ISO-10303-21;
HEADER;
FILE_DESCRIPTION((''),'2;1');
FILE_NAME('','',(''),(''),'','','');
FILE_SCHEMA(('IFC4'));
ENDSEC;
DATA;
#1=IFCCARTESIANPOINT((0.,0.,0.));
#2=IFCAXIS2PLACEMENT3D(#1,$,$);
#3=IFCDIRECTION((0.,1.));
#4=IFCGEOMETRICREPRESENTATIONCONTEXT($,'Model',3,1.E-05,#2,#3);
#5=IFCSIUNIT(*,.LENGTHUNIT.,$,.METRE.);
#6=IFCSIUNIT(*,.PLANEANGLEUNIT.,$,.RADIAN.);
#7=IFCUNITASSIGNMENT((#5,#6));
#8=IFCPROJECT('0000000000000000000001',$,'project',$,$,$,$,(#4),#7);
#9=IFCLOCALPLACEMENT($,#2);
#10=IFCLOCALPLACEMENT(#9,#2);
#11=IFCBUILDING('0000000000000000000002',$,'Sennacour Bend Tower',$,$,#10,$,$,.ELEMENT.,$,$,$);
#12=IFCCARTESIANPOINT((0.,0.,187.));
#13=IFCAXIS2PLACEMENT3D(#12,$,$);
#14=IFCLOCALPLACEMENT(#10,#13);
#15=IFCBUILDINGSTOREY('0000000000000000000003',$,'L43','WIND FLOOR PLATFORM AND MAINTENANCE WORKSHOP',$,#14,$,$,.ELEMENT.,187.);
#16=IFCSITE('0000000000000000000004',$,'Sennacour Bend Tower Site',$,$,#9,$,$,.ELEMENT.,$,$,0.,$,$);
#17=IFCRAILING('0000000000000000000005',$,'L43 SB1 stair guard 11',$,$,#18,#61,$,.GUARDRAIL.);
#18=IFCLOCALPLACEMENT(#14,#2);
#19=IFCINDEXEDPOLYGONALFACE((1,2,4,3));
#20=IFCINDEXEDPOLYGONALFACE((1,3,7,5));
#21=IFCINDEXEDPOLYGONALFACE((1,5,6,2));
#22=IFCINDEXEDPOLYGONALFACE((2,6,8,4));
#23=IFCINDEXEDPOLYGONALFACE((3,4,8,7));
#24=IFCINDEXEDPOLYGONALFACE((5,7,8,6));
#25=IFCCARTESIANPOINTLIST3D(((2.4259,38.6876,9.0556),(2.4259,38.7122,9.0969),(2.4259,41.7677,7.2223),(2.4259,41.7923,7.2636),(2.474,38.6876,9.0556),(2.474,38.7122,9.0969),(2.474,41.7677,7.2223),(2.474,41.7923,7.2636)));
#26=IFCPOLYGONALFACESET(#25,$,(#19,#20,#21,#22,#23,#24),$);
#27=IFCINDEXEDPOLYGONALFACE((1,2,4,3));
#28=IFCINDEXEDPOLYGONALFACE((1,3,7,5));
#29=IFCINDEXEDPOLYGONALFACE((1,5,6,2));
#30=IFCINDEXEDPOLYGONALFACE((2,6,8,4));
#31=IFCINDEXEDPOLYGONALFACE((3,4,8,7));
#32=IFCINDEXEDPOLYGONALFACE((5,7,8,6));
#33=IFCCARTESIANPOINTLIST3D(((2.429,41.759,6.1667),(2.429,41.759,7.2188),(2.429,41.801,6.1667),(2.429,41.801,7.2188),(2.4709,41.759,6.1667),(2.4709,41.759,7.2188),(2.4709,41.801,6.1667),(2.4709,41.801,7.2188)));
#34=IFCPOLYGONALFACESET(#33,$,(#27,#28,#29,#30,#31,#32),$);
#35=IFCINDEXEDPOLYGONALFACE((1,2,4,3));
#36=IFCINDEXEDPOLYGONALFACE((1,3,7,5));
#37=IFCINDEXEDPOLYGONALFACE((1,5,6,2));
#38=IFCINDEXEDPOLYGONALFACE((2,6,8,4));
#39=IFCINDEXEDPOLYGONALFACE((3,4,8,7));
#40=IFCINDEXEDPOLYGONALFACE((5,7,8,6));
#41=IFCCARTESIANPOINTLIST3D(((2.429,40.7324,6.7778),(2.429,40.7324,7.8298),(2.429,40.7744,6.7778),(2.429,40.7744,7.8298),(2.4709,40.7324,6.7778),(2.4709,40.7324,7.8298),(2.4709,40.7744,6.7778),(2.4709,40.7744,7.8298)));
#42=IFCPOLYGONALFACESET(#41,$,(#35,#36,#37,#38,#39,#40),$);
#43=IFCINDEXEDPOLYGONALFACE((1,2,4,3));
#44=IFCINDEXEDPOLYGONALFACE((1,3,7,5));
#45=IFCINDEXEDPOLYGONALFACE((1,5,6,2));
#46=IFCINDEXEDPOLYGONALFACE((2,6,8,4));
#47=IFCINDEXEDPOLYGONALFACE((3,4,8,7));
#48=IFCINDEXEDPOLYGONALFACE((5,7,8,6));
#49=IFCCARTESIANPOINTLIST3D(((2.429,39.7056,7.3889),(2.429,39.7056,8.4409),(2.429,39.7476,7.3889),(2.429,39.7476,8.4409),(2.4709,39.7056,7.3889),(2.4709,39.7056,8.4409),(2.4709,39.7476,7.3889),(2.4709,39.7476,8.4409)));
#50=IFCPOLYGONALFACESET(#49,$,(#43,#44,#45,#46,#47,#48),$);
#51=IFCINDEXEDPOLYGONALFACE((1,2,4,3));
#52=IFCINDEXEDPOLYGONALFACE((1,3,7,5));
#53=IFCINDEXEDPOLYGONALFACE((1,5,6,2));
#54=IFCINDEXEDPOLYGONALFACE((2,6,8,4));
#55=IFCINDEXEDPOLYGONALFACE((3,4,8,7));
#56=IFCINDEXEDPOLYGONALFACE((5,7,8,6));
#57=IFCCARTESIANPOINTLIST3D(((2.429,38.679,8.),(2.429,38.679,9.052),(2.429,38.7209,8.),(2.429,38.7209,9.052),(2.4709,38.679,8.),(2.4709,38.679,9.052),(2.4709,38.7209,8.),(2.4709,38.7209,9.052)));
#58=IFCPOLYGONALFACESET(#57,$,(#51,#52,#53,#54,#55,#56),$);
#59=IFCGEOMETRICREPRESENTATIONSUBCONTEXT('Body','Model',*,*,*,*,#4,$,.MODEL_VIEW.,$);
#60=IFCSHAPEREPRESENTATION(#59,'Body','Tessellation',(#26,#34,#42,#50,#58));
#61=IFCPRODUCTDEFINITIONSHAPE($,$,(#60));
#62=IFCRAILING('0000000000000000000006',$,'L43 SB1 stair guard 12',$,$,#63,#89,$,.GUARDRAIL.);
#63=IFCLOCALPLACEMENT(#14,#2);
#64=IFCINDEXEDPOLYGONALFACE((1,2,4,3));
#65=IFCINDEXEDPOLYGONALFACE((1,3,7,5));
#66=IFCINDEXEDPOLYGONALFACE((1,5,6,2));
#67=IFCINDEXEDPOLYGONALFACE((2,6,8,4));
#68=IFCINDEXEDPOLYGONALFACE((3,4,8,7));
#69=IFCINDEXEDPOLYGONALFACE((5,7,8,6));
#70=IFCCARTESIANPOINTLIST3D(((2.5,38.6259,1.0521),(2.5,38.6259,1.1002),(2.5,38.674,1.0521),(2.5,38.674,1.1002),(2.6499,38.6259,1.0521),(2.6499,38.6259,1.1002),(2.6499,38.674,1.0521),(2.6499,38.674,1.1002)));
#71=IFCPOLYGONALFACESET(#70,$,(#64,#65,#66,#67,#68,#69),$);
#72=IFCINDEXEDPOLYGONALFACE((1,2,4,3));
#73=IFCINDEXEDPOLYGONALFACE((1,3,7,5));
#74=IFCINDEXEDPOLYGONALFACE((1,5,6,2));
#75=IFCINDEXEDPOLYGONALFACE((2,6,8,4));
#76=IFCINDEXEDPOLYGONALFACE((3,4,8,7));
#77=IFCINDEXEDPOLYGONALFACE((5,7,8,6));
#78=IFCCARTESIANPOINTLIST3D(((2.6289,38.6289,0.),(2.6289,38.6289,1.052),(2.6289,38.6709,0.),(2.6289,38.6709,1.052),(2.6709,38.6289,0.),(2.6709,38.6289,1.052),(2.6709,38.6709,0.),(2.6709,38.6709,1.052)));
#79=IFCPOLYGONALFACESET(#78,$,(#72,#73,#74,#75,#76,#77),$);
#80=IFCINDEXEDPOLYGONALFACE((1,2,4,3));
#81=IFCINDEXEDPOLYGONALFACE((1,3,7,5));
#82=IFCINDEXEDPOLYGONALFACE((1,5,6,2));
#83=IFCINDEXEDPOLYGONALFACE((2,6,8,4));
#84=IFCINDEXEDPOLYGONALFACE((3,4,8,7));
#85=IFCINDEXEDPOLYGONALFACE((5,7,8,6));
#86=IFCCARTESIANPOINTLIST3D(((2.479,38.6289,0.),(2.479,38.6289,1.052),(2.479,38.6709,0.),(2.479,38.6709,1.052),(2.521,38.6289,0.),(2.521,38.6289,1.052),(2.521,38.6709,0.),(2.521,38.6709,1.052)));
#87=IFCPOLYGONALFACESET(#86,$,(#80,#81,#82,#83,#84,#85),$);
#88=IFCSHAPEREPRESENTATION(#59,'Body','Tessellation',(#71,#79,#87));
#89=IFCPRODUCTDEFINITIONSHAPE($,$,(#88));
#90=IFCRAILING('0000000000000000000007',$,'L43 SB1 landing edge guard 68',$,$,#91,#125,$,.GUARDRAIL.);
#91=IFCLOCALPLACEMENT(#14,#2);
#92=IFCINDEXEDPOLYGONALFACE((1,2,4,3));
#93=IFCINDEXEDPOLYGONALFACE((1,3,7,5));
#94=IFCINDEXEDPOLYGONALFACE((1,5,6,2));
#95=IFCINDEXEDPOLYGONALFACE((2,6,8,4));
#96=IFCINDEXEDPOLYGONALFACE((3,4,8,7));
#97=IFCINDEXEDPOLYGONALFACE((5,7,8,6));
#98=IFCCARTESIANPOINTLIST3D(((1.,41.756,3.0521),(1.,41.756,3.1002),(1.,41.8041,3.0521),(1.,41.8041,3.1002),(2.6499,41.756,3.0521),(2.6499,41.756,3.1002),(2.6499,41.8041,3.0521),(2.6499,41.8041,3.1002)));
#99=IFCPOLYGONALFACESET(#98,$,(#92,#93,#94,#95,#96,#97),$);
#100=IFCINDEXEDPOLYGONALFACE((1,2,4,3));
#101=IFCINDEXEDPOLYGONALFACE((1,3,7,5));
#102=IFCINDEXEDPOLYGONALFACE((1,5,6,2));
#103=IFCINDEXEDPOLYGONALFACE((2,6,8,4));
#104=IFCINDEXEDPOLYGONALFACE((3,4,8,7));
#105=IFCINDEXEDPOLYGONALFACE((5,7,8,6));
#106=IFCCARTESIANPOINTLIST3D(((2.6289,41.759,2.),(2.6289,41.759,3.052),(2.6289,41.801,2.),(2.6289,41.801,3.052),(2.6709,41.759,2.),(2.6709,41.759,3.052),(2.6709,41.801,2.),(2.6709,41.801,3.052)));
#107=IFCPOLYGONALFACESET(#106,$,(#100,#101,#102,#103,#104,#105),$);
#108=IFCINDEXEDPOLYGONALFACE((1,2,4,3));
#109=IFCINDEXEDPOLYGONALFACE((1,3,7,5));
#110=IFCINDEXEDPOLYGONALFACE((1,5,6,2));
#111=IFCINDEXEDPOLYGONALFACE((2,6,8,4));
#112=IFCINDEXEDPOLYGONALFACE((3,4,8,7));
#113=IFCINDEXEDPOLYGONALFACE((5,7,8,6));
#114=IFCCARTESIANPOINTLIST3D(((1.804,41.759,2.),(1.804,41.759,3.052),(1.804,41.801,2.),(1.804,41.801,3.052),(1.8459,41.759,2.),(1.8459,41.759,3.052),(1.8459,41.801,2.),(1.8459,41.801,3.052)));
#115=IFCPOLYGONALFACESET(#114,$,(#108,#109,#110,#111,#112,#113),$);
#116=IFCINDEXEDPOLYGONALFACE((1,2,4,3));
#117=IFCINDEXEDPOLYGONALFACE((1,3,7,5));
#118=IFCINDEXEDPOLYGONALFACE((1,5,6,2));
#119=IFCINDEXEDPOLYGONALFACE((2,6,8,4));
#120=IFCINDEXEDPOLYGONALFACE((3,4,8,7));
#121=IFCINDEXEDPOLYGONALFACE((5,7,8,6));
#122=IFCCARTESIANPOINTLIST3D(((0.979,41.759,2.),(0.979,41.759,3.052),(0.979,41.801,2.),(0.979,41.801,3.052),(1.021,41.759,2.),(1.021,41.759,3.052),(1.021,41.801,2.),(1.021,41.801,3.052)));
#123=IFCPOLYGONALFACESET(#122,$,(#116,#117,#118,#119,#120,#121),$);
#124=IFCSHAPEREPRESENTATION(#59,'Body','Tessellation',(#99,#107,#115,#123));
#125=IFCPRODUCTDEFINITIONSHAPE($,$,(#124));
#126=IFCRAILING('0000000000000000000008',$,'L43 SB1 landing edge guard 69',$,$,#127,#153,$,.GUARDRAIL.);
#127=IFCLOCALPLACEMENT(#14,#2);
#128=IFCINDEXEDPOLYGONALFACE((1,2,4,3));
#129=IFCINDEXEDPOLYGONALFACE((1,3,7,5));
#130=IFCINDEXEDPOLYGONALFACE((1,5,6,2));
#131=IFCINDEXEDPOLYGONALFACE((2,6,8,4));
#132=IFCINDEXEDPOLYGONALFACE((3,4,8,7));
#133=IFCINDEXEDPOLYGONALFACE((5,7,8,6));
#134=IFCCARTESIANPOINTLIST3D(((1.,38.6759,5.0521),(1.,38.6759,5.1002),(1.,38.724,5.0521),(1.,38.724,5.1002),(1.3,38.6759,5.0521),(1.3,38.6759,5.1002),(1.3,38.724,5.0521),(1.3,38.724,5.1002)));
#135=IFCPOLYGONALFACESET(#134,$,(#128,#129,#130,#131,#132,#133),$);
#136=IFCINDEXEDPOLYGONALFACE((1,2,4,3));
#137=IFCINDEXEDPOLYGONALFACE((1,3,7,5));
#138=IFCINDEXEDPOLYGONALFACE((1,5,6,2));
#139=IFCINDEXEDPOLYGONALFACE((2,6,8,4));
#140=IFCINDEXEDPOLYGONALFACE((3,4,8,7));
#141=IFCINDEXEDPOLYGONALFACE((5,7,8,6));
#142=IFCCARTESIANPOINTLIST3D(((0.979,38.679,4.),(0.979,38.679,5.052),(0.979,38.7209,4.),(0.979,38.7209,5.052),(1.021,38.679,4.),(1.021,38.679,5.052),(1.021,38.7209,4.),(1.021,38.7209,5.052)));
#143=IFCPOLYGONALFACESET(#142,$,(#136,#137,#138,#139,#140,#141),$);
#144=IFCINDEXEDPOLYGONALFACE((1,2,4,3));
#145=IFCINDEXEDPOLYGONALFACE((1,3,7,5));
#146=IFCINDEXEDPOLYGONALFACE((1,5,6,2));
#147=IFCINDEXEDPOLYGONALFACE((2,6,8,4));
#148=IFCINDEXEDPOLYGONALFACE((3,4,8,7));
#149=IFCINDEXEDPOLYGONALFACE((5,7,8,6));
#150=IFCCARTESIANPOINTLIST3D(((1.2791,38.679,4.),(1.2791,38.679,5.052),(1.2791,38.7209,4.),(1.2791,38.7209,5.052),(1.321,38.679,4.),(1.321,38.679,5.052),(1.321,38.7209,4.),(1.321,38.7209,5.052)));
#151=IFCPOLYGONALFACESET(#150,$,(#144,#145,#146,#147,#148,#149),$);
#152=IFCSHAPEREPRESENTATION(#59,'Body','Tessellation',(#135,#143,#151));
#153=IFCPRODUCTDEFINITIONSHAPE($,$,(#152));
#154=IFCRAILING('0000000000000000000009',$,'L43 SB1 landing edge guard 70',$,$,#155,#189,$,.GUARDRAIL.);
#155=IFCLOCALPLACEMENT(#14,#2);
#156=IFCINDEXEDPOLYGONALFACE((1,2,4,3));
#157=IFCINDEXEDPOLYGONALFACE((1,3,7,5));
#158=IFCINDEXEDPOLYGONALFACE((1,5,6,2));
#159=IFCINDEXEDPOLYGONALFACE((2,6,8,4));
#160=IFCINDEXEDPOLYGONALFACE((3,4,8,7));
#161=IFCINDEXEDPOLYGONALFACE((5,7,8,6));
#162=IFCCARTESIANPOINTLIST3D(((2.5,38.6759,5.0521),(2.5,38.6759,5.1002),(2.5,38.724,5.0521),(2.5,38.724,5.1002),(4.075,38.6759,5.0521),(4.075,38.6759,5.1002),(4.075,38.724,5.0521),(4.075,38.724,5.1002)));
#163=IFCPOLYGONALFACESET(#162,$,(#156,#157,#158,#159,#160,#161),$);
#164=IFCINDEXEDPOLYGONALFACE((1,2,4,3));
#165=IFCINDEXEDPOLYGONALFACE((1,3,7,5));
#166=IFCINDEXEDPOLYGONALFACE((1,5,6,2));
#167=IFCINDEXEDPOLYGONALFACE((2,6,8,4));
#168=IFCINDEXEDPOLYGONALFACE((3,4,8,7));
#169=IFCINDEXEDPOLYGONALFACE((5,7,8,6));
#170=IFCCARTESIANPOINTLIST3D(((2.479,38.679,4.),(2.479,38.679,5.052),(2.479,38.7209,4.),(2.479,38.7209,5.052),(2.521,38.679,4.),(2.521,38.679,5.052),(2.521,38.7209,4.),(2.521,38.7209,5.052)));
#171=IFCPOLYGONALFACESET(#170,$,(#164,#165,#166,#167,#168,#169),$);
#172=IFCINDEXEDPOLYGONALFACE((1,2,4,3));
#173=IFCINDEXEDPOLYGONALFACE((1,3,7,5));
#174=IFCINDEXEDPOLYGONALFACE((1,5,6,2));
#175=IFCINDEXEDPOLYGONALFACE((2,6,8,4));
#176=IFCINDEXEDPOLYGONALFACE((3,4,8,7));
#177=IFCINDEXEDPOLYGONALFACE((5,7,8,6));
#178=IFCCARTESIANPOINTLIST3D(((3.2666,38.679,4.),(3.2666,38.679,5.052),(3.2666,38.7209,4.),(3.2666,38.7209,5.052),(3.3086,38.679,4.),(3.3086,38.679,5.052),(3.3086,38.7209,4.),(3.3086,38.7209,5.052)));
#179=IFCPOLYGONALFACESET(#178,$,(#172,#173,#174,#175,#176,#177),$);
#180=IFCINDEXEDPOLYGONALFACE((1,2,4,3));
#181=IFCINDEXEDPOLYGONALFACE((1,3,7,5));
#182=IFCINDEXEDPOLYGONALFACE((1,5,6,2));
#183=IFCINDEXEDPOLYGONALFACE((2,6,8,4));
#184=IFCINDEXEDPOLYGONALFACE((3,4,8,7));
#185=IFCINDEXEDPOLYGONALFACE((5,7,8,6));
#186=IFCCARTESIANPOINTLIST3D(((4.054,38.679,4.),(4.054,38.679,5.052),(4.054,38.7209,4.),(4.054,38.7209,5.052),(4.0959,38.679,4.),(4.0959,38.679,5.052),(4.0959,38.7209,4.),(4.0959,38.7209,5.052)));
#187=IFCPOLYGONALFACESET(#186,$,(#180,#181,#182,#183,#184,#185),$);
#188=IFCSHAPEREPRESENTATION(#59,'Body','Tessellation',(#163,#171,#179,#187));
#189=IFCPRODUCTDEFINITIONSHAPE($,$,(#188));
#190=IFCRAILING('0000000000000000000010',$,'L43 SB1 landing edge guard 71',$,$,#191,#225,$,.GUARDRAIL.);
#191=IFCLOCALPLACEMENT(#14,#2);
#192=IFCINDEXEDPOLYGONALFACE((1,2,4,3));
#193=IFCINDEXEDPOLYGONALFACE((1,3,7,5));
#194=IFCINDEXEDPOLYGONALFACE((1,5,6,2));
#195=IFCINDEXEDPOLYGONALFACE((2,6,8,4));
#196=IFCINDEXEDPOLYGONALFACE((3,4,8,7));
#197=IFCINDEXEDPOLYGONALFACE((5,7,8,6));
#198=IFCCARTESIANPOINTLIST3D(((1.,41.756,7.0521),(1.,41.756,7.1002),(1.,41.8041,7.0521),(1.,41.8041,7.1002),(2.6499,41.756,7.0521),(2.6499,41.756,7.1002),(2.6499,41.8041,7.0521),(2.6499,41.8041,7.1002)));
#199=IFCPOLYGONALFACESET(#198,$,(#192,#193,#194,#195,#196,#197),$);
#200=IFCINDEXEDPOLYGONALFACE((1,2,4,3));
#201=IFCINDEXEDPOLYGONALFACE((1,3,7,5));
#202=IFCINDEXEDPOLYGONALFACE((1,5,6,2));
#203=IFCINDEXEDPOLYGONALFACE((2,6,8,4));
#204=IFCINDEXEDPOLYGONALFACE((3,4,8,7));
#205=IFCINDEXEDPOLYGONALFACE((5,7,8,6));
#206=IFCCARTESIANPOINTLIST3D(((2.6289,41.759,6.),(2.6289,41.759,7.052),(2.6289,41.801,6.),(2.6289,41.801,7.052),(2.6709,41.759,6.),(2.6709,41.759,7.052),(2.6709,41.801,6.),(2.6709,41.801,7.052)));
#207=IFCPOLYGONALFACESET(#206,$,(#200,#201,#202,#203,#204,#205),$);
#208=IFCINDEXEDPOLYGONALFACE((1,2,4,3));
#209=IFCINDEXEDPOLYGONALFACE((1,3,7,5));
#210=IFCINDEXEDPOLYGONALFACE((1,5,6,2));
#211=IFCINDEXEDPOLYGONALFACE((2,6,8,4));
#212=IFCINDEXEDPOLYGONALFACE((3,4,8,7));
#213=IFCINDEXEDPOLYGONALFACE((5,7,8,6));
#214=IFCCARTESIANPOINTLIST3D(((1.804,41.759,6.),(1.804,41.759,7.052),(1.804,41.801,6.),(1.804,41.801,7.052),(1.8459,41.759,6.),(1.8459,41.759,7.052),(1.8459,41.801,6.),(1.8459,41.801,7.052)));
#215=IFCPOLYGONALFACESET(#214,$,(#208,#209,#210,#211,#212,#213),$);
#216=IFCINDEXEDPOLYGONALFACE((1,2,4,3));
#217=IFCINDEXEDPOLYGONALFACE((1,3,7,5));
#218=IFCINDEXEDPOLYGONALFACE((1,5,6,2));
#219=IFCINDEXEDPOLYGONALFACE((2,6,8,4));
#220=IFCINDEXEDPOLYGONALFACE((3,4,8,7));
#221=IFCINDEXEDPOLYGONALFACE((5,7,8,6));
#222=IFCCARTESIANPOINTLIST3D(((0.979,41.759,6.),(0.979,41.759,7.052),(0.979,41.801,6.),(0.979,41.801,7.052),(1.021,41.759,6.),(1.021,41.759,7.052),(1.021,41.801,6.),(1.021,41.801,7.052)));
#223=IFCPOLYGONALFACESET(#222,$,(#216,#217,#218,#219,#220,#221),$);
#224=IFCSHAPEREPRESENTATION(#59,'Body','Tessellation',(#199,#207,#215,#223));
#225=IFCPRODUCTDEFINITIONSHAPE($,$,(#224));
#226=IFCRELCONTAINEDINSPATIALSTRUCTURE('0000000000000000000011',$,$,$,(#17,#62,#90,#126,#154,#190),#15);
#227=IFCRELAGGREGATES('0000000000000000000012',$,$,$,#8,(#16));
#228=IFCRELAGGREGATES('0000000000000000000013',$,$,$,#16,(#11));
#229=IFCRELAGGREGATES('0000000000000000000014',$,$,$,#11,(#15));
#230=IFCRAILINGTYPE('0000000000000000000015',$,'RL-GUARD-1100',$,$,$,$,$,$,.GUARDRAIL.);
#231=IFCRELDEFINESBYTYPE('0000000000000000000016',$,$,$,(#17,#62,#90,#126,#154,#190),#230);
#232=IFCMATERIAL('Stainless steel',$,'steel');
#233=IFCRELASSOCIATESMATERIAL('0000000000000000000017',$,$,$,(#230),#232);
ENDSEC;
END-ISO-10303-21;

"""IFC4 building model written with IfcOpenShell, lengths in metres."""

from ifc_helpers import new_model, si_unit, direction, frame, origin, origin_2d, place, context, subcontext, project, spatial, rectangle, extrude, material, type_object, element, save


model = new_model("IFC4")

# Units and contexts
model_context = context("Model", 3, precision=1e-05, world=origin(), true_north=direction((0.0, 1.0)))
body_context = subcontext(model_context, "Body", "Model", "MODEL_VIEW")
ifc_project = project(units=[si_unit("LENGTHUNIT", "METRE"), si_unit("PLANEANGLEUNIT", "RADIAN")], contexts=[model_context])

# Site, building, storey
site_placement = place(None, origin())
site = spatial("IfcSite", under=ifc_project, at=site_placement, Name="Sennacour Bend Tower Site", CompositionType="ELEMENT", RefElevation=0.0)
building_placement = place(site_placement, origin())
building = spatial("IfcBuilding", under=site, at=building_placement, Name="Sennacour Bend Tower", CompositionType="ELEMENT")
storey_placement = place(building_placement, frame((0.0, 0.0, 187.0)))
storey = spatial("IfcBuildingStorey", under=building, at=storey_placement, Name="L43", Description="WIND FLOOR PLATFORM AND MAINTENANCE WORKSHOP", CompositionType="ELEMENT", Elevation=187.0)

# Railings
ifc_material_1 = material(Name="Stainless steel", Category="steel")
railing_type_1 = type_object("IfcRailingType", Name="RL-GUARD-1100", PredefinedType="GUARDRAIL", material=ifc_material_1)
railing_1_placement = place(storey_placement, frame((2.45, 41.78, 6.1667)))
element("IfcRailing", 1, at=railing_1_placement, inside=storey, type_object=railing_type_1, Name="L43 SB1 stair guard 11", PredefinedType="GUARDRAIL", context=body_context, shape_type="SweptSolid", body=[
    extrude(rectangle(XDim=0.0481, YDim=0.0481, at=origin_2d()), frame((0.0, 0.0, 1.0762), z_axis=(0.0, -0.859309, 0.511458), x_axis=(1.0, 0.0, 0.0)), (0.0, 0.0, 1.0), 3.5845),
    extrude(rectangle(XDim=0.042, YDim=0.042, at=origin_2d()), origin(), (0.0, 0.0, 1.0), 1.052),
    extrude(rectangle(XDim=0.042, YDim=0.042, at=origin_2d()), frame((0.0, -1.0266, 0.6111)), (0.0, 0.0, 1.0), 1.052),
    extrude(rectangle(XDim=0.042, YDim=0.042, at=origin_2d()), frame((0.0, -2.0535, 1.2222)), (0.0, 0.0, 1.0), 1.052),
    extrude(rectangle(XDim=0.042, YDim=0.042, at=origin_2d()), frame((0.0, -3.0801, 1.8333)), (0.0, 0.0, 1.0), 1.052),
])
railing_2_placement = place(storey_placement, frame((2.6499, 38.6499, 0.0)))
element("IfcRailing", 2, at=railing_2_placement, inside=storey, type_object=railing_type_1, Name="L43 SB1 stair guard 12", PredefinedType="GUARDRAIL", context=body_context, shape_type="SweptSolid", body=[
    extrude(rectangle(XDim=0.0481, YDim=0.0481, at=origin_2d()), frame((0.0, 0.0, 1.0762), z_axis=(-1.0, 0.0, 0.0), x_axis=(0.0, -1.0, 0.0)), (0.0, 0.0, 1.0), 0.1499),
    extrude(rectangle(XDim=0.042, YDim=0.042, at=origin_2d()), origin(), (0.0, 0.0, 1.0), 1.052),
    extrude(rectangle(XDim=0.042, YDim=0.042, at=origin_2d()), frame((-0.1499, 0.0, 0.0)), (0.0, 0.0, 1.0), 1.052),
])
railing_3_placement = place(storey_placement, frame((2.6499, 41.78, 2.0)))
element("IfcRailing", 3, at=railing_3_placement, inside=storey, type_object=railing_type_1, Name="L43 SB1 landing edge guard 68", PredefinedType="GUARDRAIL", context=body_context, shape_type="SweptSolid", body=[
    extrude(rectangle(XDim=0.0481, YDim=0.0481, at=origin_2d()), frame((0.0, 0.0, 1.0762), z_axis=(-1.0, 0.0, 0.0), x_axis=(0.0, -1.0, 0.0)), (0.0, 0.0, 1.0), 1.6499),
    extrude(rectangle(XDim=0.042, YDim=0.042, at=origin_2d()), origin(), (0.0, 0.0, 1.0), 1.052),
    extrude(rectangle(XDim=0.042, YDim=0.042, at=origin_2d()), frame((-0.825, 0.0, 0.0)), (0.0, 0.0, 1.0), 1.052),
    extrude(rectangle(XDim=0.042, YDim=0.042, at=origin_2d()), frame((-1.6499, 0.0, 0.0)), (0.0, 0.0, 1.0), 1.052),
])
railing_4_placement = place(storey_placement, frame((1.0, 38.7, 4.0)))
element("IfcRailing", 4, at=railing_4_placement, inside=storey, type_object=railing_type_1, Name="L43 SB1 landing edge guard 69", PredefinedType="GUARDRAIL", context=body_context, shape_type="SweptSolid", body=[
    extrude(rectangle(XDim=0.0481, YDim=0.0481, at=origin_2d()), frame((0.0, 0.0, 1.0762), z_axis=(1.0, 0.0, 0.0), x_axis=(0.0, 1.0, 0.0)), (0.0, 0.0, 1.0), 0.3),
    extrude(rectangle(XDim=0.042, YDim=0.042, at=origin_2d()), origin(), (0.0, 0.0, 1.0), 1.052),
    extrude(rectangle(XDim=0.042, YDim=0.042, at=origin_2d()), frame((0.3, 0.0, 0.0)), (0.0, 0.0, 1.0), 1.052),
])
railing_5_placement = place(storey_placement, frame((2.5, 38.7, 4.0)))
element("IfcRailing", 5, at=railing_5_placement, inside=storey, type_object=railing_type_1, Name="L43 SB1 landing edge guard 70", PredefinedType="GUARDRAIL", context=body_context, shape_type="SweptSolid", body=[
    extrude(rectangle(XDim=0.0481, YDim=0.0481, at=origin_2d()), frame((0.0, 0.0, 1.0762), z_axis=(1.0, 0.0, 0.0), x_axis=(0.0, 1.0, 0.0)), (0.0, 0.0, 1.0), 1.575),
    extrude(rectangle(XDim=0.042, YDim=0.042, at=origin_2d()), origin(), (0.0, 0.0, 1.0), 1.052),
    extrude(rectangle(XDim=0.042, YDim=0.042, at=origin_2d()), frame((0.7876, 0.0, 0.0)), (0.0, 0.0, 1.0), 1.052),
    extrude(rectangle(XDim=0.042, YDim=0.042, at=origin_2d()), frame((1.575, 0.0, 0.0)), (0.0, 0.0, 1.0), 1.052),
])
railing_6_placement = place(storey_placement, frame((2.6499, 41.78, 6.0)))
element("IfcRailing", 6, at=railing_6_placement, inside=storey, type_object=railing_type_1, Name="L43 SB1 landing edge guard 71", PredefinedType="GUARDRAIL", context=body_context, shape_type="SweptSolid", body=[
    extrude(rectangle(XDim=0.0481, YDim=0.0481, at=origin_2d()), frame((0.0, 0.0, 1.0762), z_axis=(-1.0, 0.0, 0.0), x_axis=(0.0, -1.0, 0.0)), (0.0, 0.0, 1.0), 1.6499),
    extrude(rectangle(XDim=0.042, YDim=0.042, at=origin_2d()), origin(), (0.0, 0.0, 1.0), 1.052),
    extrude(rectangle(XDim=0.042, YDim=0.042, at=origin_2d()), frame((-0.825, 0.0, 0.0)), (0.0, 0.0, 1.0), 1.052),
    extrude(rectangle(XDim=0.042, YDim=0.042, at=origin_2d()), frame((-1.6499, 0.0, 0.0)), (0.0, 0.0, 1.0), 1.052),
])

save(model, "model.ifc")
